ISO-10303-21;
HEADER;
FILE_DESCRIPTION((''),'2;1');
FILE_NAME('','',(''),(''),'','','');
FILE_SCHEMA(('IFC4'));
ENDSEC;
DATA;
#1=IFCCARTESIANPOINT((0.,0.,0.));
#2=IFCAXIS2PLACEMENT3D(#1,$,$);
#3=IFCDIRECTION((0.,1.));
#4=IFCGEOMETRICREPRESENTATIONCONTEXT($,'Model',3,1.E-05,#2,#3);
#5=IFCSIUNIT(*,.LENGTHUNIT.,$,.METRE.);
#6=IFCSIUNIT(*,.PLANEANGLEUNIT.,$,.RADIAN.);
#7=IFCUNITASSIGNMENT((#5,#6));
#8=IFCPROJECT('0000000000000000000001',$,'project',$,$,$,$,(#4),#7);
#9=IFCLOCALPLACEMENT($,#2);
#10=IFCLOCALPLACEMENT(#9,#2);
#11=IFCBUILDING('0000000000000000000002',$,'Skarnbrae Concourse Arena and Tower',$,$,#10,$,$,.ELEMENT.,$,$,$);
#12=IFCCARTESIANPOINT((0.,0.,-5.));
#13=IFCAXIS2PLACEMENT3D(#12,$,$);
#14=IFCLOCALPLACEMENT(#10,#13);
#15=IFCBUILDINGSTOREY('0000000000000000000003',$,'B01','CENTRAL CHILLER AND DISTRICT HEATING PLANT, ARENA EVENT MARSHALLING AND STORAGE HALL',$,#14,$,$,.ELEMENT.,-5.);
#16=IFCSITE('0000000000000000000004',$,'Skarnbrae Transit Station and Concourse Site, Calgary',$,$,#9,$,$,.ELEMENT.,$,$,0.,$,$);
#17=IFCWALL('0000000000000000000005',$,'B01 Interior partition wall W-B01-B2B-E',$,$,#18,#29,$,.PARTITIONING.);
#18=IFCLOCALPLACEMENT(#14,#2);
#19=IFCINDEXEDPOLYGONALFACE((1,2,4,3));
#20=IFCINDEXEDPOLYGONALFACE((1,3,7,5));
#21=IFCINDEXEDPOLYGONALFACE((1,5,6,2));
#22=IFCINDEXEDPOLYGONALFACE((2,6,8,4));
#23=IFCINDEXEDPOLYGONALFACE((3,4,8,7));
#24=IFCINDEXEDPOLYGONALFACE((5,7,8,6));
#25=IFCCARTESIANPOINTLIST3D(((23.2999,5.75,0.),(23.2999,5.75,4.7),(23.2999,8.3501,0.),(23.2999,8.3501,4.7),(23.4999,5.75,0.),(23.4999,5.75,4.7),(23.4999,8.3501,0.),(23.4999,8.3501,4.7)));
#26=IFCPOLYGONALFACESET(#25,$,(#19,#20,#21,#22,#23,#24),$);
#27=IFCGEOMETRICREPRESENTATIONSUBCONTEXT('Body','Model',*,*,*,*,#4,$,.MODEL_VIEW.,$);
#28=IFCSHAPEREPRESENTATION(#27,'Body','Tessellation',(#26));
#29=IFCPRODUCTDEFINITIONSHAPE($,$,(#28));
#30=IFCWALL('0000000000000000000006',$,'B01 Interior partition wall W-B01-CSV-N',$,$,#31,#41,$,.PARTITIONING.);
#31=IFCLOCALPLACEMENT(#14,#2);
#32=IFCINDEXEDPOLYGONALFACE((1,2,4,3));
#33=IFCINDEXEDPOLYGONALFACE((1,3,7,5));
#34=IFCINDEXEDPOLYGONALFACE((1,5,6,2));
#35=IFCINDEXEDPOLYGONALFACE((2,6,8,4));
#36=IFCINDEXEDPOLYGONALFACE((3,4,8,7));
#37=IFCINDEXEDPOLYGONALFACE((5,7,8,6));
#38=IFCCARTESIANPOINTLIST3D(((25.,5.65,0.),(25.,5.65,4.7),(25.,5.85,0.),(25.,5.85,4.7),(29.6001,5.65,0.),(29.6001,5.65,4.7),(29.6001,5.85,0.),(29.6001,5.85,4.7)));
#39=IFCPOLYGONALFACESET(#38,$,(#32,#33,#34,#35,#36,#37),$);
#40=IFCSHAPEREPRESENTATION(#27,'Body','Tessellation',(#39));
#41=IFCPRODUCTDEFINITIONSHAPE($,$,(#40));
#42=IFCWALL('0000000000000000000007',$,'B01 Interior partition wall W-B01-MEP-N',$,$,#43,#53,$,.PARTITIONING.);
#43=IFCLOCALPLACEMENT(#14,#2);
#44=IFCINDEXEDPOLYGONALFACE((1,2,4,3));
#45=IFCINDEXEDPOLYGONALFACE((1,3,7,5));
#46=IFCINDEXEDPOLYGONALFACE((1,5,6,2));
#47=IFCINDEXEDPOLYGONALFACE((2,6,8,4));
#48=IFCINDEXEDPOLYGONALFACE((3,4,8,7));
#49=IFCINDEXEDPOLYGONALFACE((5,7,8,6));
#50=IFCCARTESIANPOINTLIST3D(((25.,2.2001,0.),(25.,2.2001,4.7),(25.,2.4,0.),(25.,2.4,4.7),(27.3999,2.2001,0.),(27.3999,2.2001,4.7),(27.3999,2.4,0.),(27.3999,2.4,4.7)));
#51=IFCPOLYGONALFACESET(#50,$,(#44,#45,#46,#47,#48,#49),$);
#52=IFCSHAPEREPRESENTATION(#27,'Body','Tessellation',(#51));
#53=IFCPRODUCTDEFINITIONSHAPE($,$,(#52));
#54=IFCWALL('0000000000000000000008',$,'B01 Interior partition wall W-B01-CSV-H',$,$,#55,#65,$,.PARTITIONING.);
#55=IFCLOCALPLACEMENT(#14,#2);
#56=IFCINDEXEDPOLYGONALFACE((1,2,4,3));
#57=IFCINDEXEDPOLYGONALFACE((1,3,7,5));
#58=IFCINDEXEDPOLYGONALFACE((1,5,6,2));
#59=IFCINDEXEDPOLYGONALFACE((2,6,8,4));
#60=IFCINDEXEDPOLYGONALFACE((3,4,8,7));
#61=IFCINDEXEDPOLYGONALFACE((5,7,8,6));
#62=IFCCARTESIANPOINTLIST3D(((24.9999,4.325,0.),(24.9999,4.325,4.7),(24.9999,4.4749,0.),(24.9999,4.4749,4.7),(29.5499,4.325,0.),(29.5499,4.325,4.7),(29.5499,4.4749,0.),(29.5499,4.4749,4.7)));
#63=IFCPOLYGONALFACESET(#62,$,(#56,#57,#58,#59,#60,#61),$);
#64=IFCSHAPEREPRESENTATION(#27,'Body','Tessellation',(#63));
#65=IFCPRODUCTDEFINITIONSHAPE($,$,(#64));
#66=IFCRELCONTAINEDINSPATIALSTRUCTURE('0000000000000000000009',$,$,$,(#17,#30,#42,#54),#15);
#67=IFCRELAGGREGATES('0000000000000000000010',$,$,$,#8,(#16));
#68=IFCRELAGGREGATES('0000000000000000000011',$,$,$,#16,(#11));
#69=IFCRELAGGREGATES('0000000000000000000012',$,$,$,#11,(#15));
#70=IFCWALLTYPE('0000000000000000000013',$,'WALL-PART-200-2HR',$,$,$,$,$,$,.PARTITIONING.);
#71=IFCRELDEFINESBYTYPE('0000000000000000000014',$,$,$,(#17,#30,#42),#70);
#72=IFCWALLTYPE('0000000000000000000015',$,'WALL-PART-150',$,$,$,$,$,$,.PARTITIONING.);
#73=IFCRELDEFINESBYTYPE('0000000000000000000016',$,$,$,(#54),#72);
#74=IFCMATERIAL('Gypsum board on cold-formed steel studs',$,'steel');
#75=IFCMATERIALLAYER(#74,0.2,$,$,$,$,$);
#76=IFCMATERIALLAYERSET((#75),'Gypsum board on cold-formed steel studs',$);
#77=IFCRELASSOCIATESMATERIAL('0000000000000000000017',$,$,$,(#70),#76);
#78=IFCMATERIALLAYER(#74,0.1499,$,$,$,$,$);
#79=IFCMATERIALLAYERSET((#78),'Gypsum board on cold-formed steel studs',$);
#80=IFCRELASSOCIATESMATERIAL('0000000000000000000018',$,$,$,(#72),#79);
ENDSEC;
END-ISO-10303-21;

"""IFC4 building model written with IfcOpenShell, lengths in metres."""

from ifc_helpers import new_model, si_unit, direction, frame, frame_2d, origin, place, context, subcontext, project, spatial, rectangle, extrude, source, transform, mapped, material, layer, layer_set, type_object, element, save


model = new_model("IFC4")

# Units and contexts
model_context = context("Model", 3, precision=1e-05, world=origin(), true_north=direction((0.0, 1.0)))
body_context = subcontext(model_context, "Body", "Model", "MODEL_VIEW")
ifc_project = project(units=[si_unit("LENGTHUNIT", "METRE"), si_unit("PLANEANGLEUNIT", "RADIAN")], contexts=[model_context])

# Site, building, storey
site_placement = place(None, origin())
site = spatial("IfcSite", under=ifc_project, at=site_placement, Name="Skarnbrae Transit Station and Concourse Site, Calgary", CompositionType="ELEMENT", RefElevation=0.0)
building_placement = place(site_placement, origin())
building = spatial("IfcBuilding", under=site, at=building_placement, Name="Skarnbrae Concourse Arena and Tower", CompositionType="ELEMENT")
storey_placement = place(building_placement, frame((0.0, 0.0, -5.0)))
storey = spatial("IfcBuildingStorey", under=building, at=storey_placement, Name="B01", Description="CENTRAL CHILLER AND DISTRICT HEATING PLANT, ARENA EVENT MARSHALLING AND STORAGE HALL", CompositionType="ELEMENT", Elevation=-5.0)

# Shared definitions
ifc_material_1 = material(Name="Gypsum board on cold-formed steel studs", Category="steel")
ifc_layer_1 = layer(ifc_material_1, 0.2)
ifc_layer_set_1 = layer_set([ifc_layer_1], Name="Gypsum board on cold-formed steel studs")
wall_type_1 = type_object("IfcWallType", Name="WALL-PART-200-2HR", PredefinedType="PARTITIONING", material=ifc_layer_set_1)

# Shared definitions
ifc_layer_2 = layer(ifc_material_1, 0.1499)
ifc_layer_set_2 = layer_set([ifc_layer_2], Name="Gypsum board on cold-formed steel studs")
wall_type_2 = type_object("IfcWallType", Name="WALL-PART-150", PredefinedType="PARTITIONING", material=ifc_layer_set_2)

# Wall
shared_shape_1 = source(origin(), body_context, "Body", "SweptSolid", [
    extrude(rectangle(XDim=2.6001, YDim=0.2, at=frame_2d((1.3, 0.0))), origin(), (0.0, 0.0, 1.0), 4.7),
])
wall_1_placement = place(storey_placement, frame((23.3999, 5.75, 0.0), z_axis=(0.0, 0.0, 1.0), x_axis=(0.0, 1.0, 0.0)))
element("IfcWall", 1, at=wall_1_placement, inside=storey, type_object=wall_type_1, Name="B01 Interior partition wall W-B01-B2B-E", PredefinedType="PARTITIONING", context=body_context, shape_type="MappedRepresentation", body=[
    mapped(shared_shape_1, transform((0.0, 0.0, 0.0))),
])

# Walls
shared_shape_2 = source(origin(), body_context, "Body", "SweptSolid", [
    extrude(rectangle(XDim=4.6001, YDim=0.2, at=frame_2d((2.3, 0.0))), origin(), (0.0, 0.0, 1.0), 4.7),
])
wall_2_placement = place(storey_placement, frame((25.0, 5.75, 0.0), z_axis=(0.0, 0.0, 1.0), x_axis=(1.0, 0.0, 0.0)))
element("IfcWall", 2, at=wall_2_placement, inside=storey, type_object=wall_type_1, Name="B01 Interior partition wall W-B01-CSV-N", PredefinedType="PARTITIONING", context=body_context, shape_type="MappedRepresentation", body=[
    mapped(shared_shape_2, transform((0.0, 0.0, 0.0))),
])
shared_shape_3 = source(origin(), body_context, "Body", "SweptSolid", [
    extrude(rectangle(XDim=2.3999, YDim=0.2, at=frame_2d((1.2, 0.0))), origin(), (0.0, 0.0, 1.0), 4.7),
])
wall_3_placement = place(storey_placement, frame((25.0, 2.3, 0.0), z_axis=(0.0, 0.0, 1.0), x_axis=(1.0, 0.0, 0.0)))
element("IfcWall", 3, at=wall_3_placement, inside=storey, type_object=wall_type_1, Name="B01 Interior partition wall W-B01-MEP-N", PredefinedType="PARTITIONING", context=body_context, shape_type="MappedRepresentation", body=[
    mapped(shared_shape_3, transform((0.0, 0.0, 0.0))),
])
shared_shape_4 = source(origin(), body_context, "Body", "SweptSolid", [
    extrude(rectangle(XDim=4.55, YDim=0.1499, at=frame_2d((2.2749, 0.0))), origin(), (0.0, 0.0, 1.0), 4.7),
])
wall_4_placement = place(storey_placement, frame((25.0, 4.3999, 0.0), z_axis=(0.0, 0.0, 1.0), x_axis=(1.0, 0.0, 0.0)))
element("IfcWall", 4, at=wall_4_placement, inside=storey, type_object=wall_type_2, Name="B01 Interior partition wall W-B01-CSV-H", PredefinedType="PARTITIONING", context=body_context, shape_type="MappedRepresentation", body=[
    mapped(shared_shape_4, transform((0.0, 0.0, 0.0))),
])

save(model, "model.ifc")
